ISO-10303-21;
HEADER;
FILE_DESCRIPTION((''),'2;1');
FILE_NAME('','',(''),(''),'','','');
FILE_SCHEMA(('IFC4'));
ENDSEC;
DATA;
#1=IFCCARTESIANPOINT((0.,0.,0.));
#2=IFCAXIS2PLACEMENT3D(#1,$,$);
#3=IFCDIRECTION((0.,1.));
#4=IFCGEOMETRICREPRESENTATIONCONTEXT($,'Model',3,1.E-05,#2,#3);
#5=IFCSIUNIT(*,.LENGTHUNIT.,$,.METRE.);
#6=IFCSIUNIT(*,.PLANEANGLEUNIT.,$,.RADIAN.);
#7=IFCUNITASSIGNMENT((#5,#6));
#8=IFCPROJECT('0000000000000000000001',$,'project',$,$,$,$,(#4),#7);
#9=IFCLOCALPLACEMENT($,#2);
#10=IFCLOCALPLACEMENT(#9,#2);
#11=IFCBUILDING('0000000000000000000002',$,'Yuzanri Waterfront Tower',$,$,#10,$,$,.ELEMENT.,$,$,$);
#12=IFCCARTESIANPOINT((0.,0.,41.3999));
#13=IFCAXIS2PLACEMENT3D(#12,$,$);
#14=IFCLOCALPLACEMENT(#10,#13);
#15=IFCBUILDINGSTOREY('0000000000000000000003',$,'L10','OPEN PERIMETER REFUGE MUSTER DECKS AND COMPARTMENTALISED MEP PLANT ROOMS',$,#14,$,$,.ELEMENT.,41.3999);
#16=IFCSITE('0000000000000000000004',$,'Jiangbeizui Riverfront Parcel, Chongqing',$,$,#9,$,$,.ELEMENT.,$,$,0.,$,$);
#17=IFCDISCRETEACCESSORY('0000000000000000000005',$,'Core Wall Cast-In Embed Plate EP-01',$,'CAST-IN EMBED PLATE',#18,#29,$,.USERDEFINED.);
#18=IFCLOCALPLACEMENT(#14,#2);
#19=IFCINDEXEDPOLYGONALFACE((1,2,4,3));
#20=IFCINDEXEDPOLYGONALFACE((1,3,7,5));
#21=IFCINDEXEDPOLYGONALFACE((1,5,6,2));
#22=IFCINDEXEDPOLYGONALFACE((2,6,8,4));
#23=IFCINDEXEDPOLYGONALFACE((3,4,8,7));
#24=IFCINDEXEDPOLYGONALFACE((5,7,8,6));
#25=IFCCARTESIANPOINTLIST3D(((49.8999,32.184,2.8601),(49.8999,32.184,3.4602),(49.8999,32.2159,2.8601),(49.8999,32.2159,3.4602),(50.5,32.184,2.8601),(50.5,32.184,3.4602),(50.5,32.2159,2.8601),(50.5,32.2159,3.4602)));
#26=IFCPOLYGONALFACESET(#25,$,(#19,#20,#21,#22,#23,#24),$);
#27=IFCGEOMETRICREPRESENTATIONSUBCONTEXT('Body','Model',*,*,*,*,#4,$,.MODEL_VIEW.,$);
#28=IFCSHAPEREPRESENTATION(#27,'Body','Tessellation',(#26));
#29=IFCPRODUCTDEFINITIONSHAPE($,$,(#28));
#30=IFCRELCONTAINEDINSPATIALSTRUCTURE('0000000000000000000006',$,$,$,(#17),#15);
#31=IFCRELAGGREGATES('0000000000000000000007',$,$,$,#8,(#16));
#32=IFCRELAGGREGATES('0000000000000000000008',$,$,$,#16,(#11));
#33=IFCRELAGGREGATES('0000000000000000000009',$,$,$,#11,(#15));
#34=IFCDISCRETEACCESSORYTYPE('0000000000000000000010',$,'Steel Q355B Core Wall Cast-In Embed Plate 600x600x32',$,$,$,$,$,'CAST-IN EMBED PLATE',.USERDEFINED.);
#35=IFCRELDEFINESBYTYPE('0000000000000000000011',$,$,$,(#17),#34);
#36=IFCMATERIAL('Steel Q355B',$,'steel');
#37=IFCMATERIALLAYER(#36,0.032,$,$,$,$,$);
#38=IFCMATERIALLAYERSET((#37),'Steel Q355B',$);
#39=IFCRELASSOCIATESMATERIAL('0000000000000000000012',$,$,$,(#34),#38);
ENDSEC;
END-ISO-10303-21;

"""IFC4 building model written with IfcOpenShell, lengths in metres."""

from ifc_helpers import new_model, si_unit, direction, frame, origin, origin_2d, place, context, subcontext, project, spatial, rectangle, extrude, source, transform, mapped, material, layer, layer_set, type_object, element, save


model = new_model("IFC4")

# Units and contexts
model_context = context("Model", 3, precision=1e-05, world=origin(), true_north=direction((0.0, 1.0)))
body_context = subcontext(model_context, "Body", "Model", "MODEL_VIEW")
ifc_project = project(units=[si_unit("LENGTHUNIT", "METRE"), si_unit("PLANEANGLEUNIT", "RADIAN")], contexts=[model_context])

# Site, building, storey
site_placement = place(None, origin())
site = spatial("IfcSite", under=ifc_project, at=site_placement, Name="Jiangbeizui Riverfront Parcel, Chongqing", CompositionType="ELEMENT", RefElevation=0.0)
building_placement = place(site_placement, origin())
building = spatial("IfcBuilding", under=site, at=building_placement, Name="Yuzanri Waterfront Tower", CompositionType="ELEMENT")
storey_placement = place(building_placement, frame((0.0, 0.0, 41.3999)))
storey = spatial("IfcBuildingStorey", under=building, at=storey_placement, Name="L10", Description="OPEN PERIMETER REFUGE MUSTER DECKS AND COMPARTMENTALISED MEP PLANT ROOMS", CompositionType="ELEMENT", Elevation=41.3999)

# Discrete accessory
ifc_material_1 = material(Name="Steel Q355B", Category="steel")
ifc_layer_1 = layer(ifc_material_1, 0.032)
ifc_layer_set_1 = layer_set([ifc_layer_1], Name="Steel Q355B")
discrete_accessory_type = type_object("IfcDiscreteAccessoryType", Name="Steel Q355B Core Wall Cast-In Embed Plate 600x600x32", ElementType="CAST-IN EMBED PLATE", PredefinedType="USERDEFINED", material=ifc_layer_set_1)
shared_shape_1 = source(origin(), body_context, "Body", "SweptSolid", [
    extrude(rectangle(XDim=0.6001, YDim=0.032, at=origin_2d()), origin(), (0.0, 0.0, 1.0), 0.6001),
])
for number, where, z_axis, x_axis, name in (
    (1, (50.2, 32.2, 2.8601), (0.0, 0.0, 1.0), (1.0, 0.0, 0.0), "Core Wall Cast-In Embed Plate EP-01"),
):
    element("IfcDiscreteAccessory", number, at=place(storey_placement, frame(where, z_axis=z_axis, x_axis=x_axis)), inside=storey, type_object=discrete_accessory_type, Name=name, ObjectType="CAST-IN EMBED PLATE", PredefinedType="USERDEFINED", context=body_context, shape_type="MappedRepresentation", body=[
        mapped(shared_shape_1, transform((0.0, 0.0, 0.0), scale=1.0)),
    ])

save(model, "model.ifc")
